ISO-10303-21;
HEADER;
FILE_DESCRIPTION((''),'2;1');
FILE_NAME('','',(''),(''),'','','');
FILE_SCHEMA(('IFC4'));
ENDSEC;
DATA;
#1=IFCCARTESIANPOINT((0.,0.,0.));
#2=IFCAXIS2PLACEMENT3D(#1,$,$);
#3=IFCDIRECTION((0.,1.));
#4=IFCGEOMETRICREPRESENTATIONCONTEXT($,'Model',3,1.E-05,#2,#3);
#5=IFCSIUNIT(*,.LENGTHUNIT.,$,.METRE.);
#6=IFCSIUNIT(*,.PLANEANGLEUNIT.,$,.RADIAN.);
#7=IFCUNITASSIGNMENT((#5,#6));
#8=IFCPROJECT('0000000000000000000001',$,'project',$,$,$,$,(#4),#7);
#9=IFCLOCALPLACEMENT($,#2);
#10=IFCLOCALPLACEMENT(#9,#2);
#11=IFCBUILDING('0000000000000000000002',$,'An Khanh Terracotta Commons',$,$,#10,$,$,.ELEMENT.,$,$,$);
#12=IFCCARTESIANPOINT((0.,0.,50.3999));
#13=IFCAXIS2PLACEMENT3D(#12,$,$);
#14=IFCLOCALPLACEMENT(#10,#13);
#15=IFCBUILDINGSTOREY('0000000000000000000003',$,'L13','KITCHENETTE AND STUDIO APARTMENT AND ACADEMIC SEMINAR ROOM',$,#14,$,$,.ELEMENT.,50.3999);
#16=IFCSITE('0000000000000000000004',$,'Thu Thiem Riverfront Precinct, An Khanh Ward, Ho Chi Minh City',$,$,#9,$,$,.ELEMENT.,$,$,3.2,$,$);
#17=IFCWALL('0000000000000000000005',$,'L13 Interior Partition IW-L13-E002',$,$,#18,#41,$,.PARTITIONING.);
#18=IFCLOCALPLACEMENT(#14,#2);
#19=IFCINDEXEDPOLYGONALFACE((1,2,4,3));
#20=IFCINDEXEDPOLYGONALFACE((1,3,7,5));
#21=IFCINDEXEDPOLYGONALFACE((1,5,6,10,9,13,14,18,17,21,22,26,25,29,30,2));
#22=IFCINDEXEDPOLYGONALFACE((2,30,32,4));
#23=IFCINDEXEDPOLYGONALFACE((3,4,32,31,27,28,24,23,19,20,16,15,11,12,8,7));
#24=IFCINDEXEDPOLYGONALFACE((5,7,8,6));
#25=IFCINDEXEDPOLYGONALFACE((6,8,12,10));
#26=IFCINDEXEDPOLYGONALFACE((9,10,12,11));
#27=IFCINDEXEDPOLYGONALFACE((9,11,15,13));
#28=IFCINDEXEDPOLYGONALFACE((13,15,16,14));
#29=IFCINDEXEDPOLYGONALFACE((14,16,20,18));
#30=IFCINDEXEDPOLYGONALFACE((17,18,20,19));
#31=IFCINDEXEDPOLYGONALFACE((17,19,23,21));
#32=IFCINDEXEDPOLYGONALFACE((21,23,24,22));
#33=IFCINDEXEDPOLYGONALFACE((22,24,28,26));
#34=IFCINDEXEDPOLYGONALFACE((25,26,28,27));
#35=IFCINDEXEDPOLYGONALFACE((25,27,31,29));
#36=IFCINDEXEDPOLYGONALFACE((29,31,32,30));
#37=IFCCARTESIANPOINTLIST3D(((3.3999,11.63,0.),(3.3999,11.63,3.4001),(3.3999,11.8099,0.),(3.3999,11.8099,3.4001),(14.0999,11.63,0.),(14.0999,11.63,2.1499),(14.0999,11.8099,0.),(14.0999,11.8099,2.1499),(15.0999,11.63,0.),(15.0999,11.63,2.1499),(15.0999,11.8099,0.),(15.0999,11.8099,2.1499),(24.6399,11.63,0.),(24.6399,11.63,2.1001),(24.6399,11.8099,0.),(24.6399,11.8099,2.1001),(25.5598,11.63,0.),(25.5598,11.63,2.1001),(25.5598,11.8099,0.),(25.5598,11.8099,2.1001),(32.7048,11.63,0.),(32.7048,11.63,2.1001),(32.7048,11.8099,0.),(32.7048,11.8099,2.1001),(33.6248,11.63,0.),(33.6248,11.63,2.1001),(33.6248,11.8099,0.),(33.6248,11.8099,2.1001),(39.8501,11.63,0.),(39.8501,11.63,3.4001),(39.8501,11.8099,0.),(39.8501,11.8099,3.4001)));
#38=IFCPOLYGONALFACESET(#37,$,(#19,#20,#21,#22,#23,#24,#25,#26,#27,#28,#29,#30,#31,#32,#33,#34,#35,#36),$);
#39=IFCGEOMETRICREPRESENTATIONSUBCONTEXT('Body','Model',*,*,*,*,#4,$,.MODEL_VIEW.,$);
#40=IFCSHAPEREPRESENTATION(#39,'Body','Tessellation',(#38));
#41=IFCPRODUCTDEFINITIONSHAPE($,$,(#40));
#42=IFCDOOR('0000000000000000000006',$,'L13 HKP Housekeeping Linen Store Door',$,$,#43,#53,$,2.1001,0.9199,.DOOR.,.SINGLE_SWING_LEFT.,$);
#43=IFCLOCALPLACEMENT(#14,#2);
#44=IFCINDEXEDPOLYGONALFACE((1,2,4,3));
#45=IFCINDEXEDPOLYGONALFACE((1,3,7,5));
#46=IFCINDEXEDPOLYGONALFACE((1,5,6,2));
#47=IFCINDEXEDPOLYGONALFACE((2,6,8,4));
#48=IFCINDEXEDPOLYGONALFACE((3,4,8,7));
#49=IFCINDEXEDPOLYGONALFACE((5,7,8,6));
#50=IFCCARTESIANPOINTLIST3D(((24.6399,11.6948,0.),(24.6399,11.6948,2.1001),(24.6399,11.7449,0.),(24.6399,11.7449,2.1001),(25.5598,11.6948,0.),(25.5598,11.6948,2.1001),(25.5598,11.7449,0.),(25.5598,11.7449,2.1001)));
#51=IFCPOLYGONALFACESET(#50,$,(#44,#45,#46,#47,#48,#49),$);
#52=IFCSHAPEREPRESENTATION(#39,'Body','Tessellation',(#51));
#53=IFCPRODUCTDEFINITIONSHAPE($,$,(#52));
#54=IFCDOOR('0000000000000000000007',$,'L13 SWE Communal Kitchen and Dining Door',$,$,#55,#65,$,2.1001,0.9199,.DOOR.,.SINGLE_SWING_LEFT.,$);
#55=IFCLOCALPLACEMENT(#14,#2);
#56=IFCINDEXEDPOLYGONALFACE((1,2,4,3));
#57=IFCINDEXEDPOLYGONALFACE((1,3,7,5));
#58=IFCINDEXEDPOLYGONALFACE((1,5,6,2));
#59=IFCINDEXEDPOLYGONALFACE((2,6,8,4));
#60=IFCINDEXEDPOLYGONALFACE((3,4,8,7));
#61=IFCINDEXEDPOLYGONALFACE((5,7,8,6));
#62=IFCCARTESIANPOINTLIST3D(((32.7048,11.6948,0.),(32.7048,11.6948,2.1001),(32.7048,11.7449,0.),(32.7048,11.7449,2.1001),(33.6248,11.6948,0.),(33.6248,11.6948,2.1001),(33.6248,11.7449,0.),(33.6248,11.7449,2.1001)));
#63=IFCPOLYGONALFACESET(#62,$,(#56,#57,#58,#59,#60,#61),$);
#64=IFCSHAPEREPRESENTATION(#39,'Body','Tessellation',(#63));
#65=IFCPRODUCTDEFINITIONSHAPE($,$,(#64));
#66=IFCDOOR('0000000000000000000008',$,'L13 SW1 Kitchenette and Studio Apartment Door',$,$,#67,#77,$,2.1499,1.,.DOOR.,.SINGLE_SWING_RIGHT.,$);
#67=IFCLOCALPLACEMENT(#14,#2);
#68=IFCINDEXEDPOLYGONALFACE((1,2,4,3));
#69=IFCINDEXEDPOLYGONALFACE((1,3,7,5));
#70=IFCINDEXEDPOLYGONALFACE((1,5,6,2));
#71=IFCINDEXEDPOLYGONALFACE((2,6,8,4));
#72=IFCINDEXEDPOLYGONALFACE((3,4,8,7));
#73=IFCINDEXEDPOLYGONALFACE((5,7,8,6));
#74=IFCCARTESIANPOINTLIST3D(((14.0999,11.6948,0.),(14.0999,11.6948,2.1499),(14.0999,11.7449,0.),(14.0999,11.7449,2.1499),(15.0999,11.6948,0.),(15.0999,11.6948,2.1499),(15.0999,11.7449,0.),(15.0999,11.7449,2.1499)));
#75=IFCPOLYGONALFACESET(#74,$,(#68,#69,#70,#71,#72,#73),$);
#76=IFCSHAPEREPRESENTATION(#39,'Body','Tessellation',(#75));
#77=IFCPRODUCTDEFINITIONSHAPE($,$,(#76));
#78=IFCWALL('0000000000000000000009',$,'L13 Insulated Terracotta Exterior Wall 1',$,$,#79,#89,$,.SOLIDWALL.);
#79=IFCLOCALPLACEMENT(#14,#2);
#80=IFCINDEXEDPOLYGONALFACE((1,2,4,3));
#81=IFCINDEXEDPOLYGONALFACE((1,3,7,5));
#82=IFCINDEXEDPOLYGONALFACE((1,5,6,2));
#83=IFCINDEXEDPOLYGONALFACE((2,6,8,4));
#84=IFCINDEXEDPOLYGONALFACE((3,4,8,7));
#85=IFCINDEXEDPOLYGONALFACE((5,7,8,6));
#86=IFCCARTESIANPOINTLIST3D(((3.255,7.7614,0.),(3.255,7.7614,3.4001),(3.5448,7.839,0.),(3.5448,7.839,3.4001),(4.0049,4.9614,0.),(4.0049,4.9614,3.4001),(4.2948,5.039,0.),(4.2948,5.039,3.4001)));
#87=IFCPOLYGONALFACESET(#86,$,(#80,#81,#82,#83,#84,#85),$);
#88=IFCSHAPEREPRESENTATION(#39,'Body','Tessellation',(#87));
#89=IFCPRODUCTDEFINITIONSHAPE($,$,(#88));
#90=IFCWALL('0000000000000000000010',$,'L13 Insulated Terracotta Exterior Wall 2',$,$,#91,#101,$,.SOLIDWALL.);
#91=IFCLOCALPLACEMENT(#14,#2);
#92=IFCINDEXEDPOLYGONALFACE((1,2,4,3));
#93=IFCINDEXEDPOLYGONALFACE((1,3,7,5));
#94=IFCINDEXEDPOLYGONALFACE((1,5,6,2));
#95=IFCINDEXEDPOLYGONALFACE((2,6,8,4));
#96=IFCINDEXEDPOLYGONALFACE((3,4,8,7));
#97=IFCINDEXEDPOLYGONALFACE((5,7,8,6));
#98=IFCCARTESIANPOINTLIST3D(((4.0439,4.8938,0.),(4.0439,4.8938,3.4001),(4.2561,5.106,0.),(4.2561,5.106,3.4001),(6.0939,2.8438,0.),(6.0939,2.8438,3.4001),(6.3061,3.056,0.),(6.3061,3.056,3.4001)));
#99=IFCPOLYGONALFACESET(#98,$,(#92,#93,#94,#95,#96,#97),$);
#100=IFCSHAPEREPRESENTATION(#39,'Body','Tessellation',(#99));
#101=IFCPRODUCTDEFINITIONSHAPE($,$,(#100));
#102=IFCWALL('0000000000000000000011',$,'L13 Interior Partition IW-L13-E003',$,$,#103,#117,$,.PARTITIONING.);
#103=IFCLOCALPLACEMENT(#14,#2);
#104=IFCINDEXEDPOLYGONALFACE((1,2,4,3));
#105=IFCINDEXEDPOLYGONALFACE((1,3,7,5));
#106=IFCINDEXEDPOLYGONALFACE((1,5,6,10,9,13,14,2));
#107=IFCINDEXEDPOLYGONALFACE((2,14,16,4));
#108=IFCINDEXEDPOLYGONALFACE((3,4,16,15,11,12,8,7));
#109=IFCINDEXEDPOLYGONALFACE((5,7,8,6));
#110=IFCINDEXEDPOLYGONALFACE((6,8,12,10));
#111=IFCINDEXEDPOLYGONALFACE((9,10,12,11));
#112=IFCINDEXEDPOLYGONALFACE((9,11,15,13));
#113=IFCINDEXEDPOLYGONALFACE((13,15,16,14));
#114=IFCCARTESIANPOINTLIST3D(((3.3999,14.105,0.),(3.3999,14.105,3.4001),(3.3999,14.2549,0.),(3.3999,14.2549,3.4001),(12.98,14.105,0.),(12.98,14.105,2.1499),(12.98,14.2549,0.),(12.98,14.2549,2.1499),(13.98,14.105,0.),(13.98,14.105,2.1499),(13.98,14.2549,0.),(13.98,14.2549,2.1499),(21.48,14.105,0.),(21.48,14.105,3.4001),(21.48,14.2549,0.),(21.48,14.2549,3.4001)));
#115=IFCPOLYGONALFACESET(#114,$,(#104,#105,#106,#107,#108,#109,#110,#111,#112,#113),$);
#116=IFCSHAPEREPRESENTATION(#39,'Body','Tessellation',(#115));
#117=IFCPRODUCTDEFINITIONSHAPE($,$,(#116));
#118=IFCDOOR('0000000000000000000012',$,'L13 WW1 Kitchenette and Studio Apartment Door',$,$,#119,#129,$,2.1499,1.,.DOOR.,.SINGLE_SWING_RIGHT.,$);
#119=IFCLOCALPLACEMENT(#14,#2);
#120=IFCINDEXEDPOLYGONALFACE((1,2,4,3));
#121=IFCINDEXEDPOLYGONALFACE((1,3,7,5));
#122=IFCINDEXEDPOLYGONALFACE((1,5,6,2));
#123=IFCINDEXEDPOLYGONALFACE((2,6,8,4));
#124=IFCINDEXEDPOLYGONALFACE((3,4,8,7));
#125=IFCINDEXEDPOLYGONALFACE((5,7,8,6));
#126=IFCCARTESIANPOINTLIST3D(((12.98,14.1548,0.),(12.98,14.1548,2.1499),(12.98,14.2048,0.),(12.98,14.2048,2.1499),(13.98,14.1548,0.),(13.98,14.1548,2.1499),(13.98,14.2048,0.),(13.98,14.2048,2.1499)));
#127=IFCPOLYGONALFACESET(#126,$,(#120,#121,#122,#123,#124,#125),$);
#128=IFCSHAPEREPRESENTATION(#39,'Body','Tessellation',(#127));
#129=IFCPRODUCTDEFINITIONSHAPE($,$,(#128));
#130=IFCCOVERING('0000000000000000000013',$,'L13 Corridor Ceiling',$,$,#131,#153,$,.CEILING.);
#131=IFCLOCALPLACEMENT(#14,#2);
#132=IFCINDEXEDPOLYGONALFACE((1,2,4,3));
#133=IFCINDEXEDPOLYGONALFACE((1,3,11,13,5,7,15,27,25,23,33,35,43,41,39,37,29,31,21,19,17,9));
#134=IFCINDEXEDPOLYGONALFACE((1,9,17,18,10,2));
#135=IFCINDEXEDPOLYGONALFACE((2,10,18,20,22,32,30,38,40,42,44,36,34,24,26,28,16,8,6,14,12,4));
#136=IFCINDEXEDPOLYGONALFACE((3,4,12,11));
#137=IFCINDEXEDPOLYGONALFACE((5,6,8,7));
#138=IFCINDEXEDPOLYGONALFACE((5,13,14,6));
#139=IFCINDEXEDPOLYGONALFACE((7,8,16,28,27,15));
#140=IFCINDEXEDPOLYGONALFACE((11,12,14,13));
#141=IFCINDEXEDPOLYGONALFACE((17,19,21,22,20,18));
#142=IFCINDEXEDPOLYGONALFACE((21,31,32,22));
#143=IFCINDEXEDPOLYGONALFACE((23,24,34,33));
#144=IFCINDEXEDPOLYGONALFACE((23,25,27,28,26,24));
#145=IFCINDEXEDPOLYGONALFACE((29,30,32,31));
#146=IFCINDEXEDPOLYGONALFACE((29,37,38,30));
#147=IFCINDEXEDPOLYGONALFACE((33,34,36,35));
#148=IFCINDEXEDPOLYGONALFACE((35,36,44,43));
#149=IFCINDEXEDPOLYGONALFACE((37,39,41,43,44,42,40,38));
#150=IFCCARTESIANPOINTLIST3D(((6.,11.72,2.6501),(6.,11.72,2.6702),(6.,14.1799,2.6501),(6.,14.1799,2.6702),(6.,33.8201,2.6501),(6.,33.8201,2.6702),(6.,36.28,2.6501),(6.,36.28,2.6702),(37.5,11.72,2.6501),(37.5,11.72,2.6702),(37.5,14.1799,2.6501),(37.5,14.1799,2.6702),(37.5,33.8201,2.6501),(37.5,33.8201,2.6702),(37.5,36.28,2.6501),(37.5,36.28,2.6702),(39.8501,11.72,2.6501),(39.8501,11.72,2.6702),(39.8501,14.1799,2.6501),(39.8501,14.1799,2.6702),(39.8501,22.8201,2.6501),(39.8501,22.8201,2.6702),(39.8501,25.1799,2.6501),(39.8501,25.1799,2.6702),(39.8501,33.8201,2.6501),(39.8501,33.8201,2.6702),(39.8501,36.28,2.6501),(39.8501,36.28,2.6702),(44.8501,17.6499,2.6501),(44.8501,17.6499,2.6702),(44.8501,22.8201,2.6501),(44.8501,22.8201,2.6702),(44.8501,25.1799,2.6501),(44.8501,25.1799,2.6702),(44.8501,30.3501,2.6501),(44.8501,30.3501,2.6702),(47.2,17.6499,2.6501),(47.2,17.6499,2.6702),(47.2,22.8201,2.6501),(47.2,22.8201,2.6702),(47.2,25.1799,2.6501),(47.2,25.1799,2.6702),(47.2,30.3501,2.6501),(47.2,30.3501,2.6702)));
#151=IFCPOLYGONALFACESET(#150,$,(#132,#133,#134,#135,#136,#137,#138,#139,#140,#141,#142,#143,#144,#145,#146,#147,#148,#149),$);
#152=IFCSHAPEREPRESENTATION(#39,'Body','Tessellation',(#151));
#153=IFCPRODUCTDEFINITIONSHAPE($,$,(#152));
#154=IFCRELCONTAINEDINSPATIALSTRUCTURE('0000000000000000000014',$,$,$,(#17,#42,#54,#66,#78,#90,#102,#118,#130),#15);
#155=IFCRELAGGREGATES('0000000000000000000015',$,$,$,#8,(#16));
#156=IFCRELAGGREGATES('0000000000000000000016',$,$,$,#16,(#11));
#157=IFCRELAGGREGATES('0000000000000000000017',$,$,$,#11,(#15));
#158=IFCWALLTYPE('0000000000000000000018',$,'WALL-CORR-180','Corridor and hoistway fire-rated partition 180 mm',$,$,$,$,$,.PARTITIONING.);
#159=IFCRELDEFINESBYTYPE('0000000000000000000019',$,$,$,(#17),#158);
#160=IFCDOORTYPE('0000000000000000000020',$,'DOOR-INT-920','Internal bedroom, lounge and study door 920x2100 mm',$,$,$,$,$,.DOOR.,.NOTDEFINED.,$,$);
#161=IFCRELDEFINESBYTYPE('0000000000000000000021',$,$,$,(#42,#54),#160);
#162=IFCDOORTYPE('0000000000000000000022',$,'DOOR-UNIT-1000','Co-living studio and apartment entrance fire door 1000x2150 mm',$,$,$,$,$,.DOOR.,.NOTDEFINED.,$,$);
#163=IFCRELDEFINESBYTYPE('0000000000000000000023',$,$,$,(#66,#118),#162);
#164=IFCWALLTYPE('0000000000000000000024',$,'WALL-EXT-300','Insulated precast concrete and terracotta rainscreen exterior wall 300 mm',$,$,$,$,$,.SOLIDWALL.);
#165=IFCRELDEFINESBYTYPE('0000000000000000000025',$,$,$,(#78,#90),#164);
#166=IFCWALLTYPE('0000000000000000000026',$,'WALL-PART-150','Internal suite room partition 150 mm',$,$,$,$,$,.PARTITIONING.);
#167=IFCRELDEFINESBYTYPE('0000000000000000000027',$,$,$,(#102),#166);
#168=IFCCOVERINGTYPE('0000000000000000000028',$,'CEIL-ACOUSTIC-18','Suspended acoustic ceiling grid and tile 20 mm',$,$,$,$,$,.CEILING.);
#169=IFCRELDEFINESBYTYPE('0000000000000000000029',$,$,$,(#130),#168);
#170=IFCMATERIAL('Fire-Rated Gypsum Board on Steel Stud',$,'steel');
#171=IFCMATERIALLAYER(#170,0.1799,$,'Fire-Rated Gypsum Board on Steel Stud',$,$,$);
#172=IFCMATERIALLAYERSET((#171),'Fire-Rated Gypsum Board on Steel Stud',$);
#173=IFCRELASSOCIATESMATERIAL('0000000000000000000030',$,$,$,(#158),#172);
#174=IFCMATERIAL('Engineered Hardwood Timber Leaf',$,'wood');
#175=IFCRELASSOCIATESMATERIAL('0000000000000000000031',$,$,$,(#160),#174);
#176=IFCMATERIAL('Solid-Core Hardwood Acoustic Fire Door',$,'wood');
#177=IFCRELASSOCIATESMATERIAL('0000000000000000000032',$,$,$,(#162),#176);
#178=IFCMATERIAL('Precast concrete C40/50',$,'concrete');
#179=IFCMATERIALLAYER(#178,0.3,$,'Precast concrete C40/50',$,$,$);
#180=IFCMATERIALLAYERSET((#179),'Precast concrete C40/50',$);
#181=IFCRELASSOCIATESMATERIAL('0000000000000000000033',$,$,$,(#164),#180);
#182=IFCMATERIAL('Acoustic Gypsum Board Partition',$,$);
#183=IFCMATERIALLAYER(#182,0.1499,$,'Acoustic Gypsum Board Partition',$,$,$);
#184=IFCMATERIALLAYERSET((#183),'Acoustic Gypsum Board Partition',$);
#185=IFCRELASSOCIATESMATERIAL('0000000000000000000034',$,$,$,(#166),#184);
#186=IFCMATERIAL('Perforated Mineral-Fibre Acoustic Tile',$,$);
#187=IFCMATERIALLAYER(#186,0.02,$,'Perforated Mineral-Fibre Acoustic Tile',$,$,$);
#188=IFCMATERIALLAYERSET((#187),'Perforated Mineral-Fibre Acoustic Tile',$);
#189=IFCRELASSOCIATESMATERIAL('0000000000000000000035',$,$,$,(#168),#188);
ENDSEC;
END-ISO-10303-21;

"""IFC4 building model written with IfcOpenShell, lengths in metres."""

from ifc_helpers import new_model, si_unit, direction, frame, frame_2d, origin, place, context, subcontext, project, spatial, polyline, rectangle, outline, extrude, material, layer, layer_set, type_object, element, fill, save


model = new_model("IFC4")

# Units and contexts
model_context = context("Model", 3, precision=1e-05, world=origin(), true_north=direction((0.0, 1.0)))
body_context = subcontext(model_context, "Body", "Model", "MODEL_VIEW")
ifc_project = project(units=[si_unit("LENGTHUNIT", "METRE"), si_unit("PLANEANGLEUNIT", "RADIAN")], contexts=[model_context])

# Site, building, storey
site_placement = place(None, origin())
site = spatial("IfcSite", under=ifc_project, at=site_placement, Name="Thu Thiem Riverfront Precinct, An Khanh Ward, Ho Chi Minh City", CompositionType="ELEMENT", RefElevation=3.2)
building_placement = place(site_placement, origin())
building = spatial("IfcBuilding", under=site, at=building_placement, Name="An Khanh Terracotta Commons", CompositionType="ELEMENT")
storey_placement = place(building_placement, frame((0.0, 0.0, 50.3999)))
storey = spatial("IfcBuildingStorey", under=building, at=storey_placement, Name="L13", Description="KITCHENETTE AND STUDIO APARTMENT AND ACADEMIC SEMINAR ROOM", CompositionType="ELEMENT", Elevation=50.3999)

# Shared definitions
ifc_material_1 = material(Name="Precast concrete C40/50", Category="concrete")

# Wall, openings, doors
ifc_material_2 = material(Name="Fire-Rated Gypsum Board on Steel Stud", Category="steel")
ifc_layer_1 = layer(ifc_material_2, 0.1799, Name="Fire-Rated Gypsum Board on Steel Stud")
ifc_layer_set_1 = layer_set([ifc_layer_1], Name="Fire-Rated Gypsum Board on Steel Stud")
wall_type_1 = type_object("IfcWallType", Name="WALL-CORR-180", Description="Corridor and hoistway fire-rated partition 180 mm", PredefinedType="PARTITIONING", material=ifc_layer_set_1)
wall_1_placement = place(storey_placement, frame((3.3999, 11.72, 0.0), z_axis=(0.0, 0.0, 1.0), x_axis=(1.0, 0.0, 0.0)))
wall_1 = element("IfcWall", 1, at=wall_1_placement, inside=storey, type_object=wall_type_1, Name="L13 Interior Partition IW-L13-E002", PredefinedType="PARTITIONING", context=body_context, shape_type="SweptSolid", body=[
    extrude(rectangle(XDim=36.4502, YDim=0.1799, at=frame_2d((18.2251, 0.0))), origin(), (0.0, 0.0, 1.0), 3.4001),
])
opening_1_placement = place(wall_1_placement, frame((21.24, 0.0, 0.0)))
opening_1 = element("IfcOpeningElement", 2, at=opening_1_placement, cuts=wall_1, PredefinedType="OPENING", context=body_context, shape_type="SweptSolid", body=[
    extrude(rectangle(XDim=0.9199, YDim=2.1001, at=frame_2d((0.46, 1.05))), frame((0.0, 0.0999, 0.0), z_axis=(0.0, -1.0, 0.0), x_axis=(1.0, 0.0, 0.0)), (0.0, 0.0, 1.0), 0.2),
])
opening_2_placement = place(wall_1_placement, frame((10.7, 0.0, 0.0)))
opening_2 = element("IfcOpeningElement", 3, at=opening_2_placement, cuts=wall_1, PredefinedType="OPENING", context=body_context, shape_type="SweptSolid", body=[
    extrude(rectangle(XDim=1.0, YDim=2.1499, at=frame_2d((0.5, 1.075))), frame((0.0, 0.0999, 0.0), z_axis=(0.0, -1.0, 0.0), x_axis=(1.0, 0.0, 0.0)), (0.0, 0.0, 1.0), 0.2),
])
opening_3_placement = place(wall_1_placement, frame((29.3049, 0.0, 0.0)))
opening_3 = element("IfcOpeningElement", 4, at=opening_3_placement, cuts=wall_1, PredefinedType="OPENING", context=body_context, shape_type="SweptSolid", body=[
    extrude(rectangle(XDim=0.9199, YDim=2.1001, at=frame_2d((0.46, 1.05))), frame((0.0, 0.0999, 0.0), z_axis=(0.0, -1.0, 0.0), x_axis=(1.0, 0.0, 0.0)), (0.0, 0.0, 1.0), 0.2),
])
ifc_material_3 = material(Name="Engineered Hardwood Timber Leaf", Category="wood")
door_type_1 = type_object("IfcDoorType", Name="DOOR-INT-920", Description="Internal bedroom, lounge and study door 920x2100 mm", OperationType="NOTDEFINED", PredefinedType="DOOR", material=ifc_material_3)
door_1_placement = place(opening_1_placement, origin())
door_1 = element("IfcDoor", 5, at=door_1_placement, inside=storey, type_object=door_type_1, Name="L13 HKP Housekeeping Linen Store Door", OperationType="SINGLE_SWING_LEFT", OverallHeight=2.1001, OverallWidth=0.9199, PredefinedType="DOOR", context=body_context, shape_type="SweptSolid", body=[
    extrude(rectangle(XDim=0.9199, YDim=2.1001, at=frame_2d((0.46, 1.05))), frame((0.0, 0.0249, 0.0), z_axis=(0.0, -1.0, 0.0), x_axis=(1.0, 0.0, 0.0)), (0.0, 0.0, 1.0), 0.05),
])
fill(opening_1, door_1)
door_2_placement = place(opening_3_placement, origin())
door_2 = element("IfcDoor", 6, at=door_2_placement, inside=storey, type_object=door_type_1, Name="L13 SWE Communal Kitchen and Dining Door", OperationType="SINGLE_SWING_LEFT", OverallHeight=2.1001, OverallWidth=0.9199, PredefinedType="DOOR", context=body_context, shape_type="SweptSolid", body=[
    extrude(rectangle(XDim=0.9199, YDim=2.1001, at=frame_2d((0.46, 1.05))), frame((0.0, 0.0249, 0.0), z_axis=(0.0, -1.0, 0.0), x_axis=(1.0, 0.0, 0.0)), (0.0, 0.0, 1.0), 0.05),
])
fill(opening_3, door_2)
ifc_material_4 = material(Name="Solid-Core Hardwood Acoustic Fire Door", Category="wood")
door_type_2 = type_object("IfcDoorType", Name="DOOR-UNIT-1000", Description="Co-living studio and apartment entrance fire door 1000x2150 mm", OperationType="NOTDEFINED", PredefinedType="DOOR", material=ifc_material_4)
door_3_placement = place(opening_2_placement, origin())
door_3 = element("IfcDoor", 7, at=door_3_placement, inside=storey, type_object=door_type_2, Name="L13 SW1 Kitchenette and Studio Apartment Door", OperationType="SINGLE_SWING_RIGHT", OverallHeight=2.1499, OverallWidth=1.0, PredefinedType="DOOR", context=body_context, shape_type="SweptSolid", body=[
    extrude(rectangle(XDim=1.0, YDim=2.1499, at=frame_2d((0.5, 1.075))), frame((0.0, 0.0249, 0.0), z_axis=(0.0, -1.0, 0.0), x_axis=(1.0, 0.0, 0.0)), (0.0, 0.0, 1.0), 0.05),
])
fill(opening_2, door_3)

# Walls
ifc_layer_2 = layer(ifc_material_1, 0.3, Name="Precast concrete C40/50")
ifc_layer_set_2 = layer_set([ifc_layer_2], Name="Precast concrete C40/50")
wall_type_2 = type_object("IfcWallType", Name="WALL-EXT-300", Description="Insulated precast concrete and terracotta rainscreen exterior wall 300 mm", PredefinedType="SOLIDWALL", material=ifc_layer_set_2)
wall_2_placement = place(storey_placement, frame((3.3999, 7.8, 0.0), z_axis=(0.0, 0.0, 1.0), x_axis=(0.258732, -0.965949, 0.0)))
element("IfcWall", 8, at=wall_2_placement, inside=storey, type_object=wall_type_2, Name="L13 Insulated Terracotta Exterior Wall 1", PredefinedType="SOLIDWALL", context=body_context, shape_type="SweptSolid", body=[
    extrude(rectangle(XDim=2.8987, YDim=0.3, at=frame_2d((1.4492, 0.0))), origin(), (0.0, 0.0, 1.0), 3.4001),
])
wall_3_placement = place(storey_placement, frame((4.1499, 5.0, 0.0), z_axis=(0.0, 0.0, 1.0), x_axis=(0.707107, -0.707107, 0.0)))
element("IfcWall", 9, at=wall_3_placement, inside=storey, type_object=wall_type_2, Name="L13 Insulated Terracotta Exterior Wall 2", PredefinedType="SOLIDWALL", context=body_context, shape_type="SweptSolid", body=[
    extrude(rectangle(XDim=2.8992, YDim=0.3, at=frame_2d((1.4497, 0.0))), origin(), (0.0, 0.0, 1.0), 3.4001),
])

# Wall, opening, door
ifc_material_5 = material(Name="Acoustic Gypsum Board Partition")
ifc_layer_3 = layer(ifc_material_5, 0.1499, Name="Acoustic Gypsum Board Partition")
ifc_layer_set_3 = layer_set([ifc_layer_3], Name="Acoustic Gypsum Board Partition")
wall_type_3 = type_object("IfcWallType", Name="WALL-PART-150", Description="Internal suite room partition 150 mm", PredefinedType="PARTITIONING", material=ifc_layer_set_3)
wall_4_placement = place(storey_placement, frame((3.3999, 14.1799, 0.0), z_axis=(0.0, 0.0, 1.0), x_axis=(1.0, 0.0, 0.0)))
wall_4 = element("IfcWall", 10, at=wall_4_placement, inside=storey, type_object=wall_type_3, Name="L13 Interior Partition IW-L13-E003", PredefinedType="PARTITIONING", context=body_context, shape_type="SweptSolid", body=[
    extrude(rectangle(XDim=18.0801, YDim=0.1499, at=frame_2d((9.04, 0.0))), origin(), (0.0, 0.0, 1.0), 3.4001),
])
opening_4_placement = place(wall_4_placement, frame((9.5801, 0.0, 0.0)))
opening_4 = element("IfcOpeningElement", 11, at=opening_4_placement, cuts=wall_4, PredefinedType="OPENING", context=body_context, shape_type="SweptSolid", body=[
    extrude(rectangle(XDim=1.0, YDim=2.1499, at=frame_2d((0.5, 1.075))), frame((0.0, 0.085, 0.0), z_axis=(0.0, -1.0, 0.0), x_axis=(1.0, 0.0, 0.0)), (0.0, 0.0, 1.0), 0.1699),
])
door_4_placement = place(opening_4_placement, origin())
door_4 = element("IfcDoor", 12, at=door_4_placement, inside=storey, type_object=door_type_2, Name="L13 WW1 Kitchenette and Studio Apartment Door", OperationType="SINGLE_SWING_RIGHT", OverallHeight=2.1499, OverallWidth=1.0, PredefinedType="DOOR", context=body_context, shape_type="SweptSolid", body=[
    extrude(rectangle(XDim=1.0, YDim=2.1499, at=frame_2d((0.5, 1.075))), frame((0.0, 0.0249, 0.0), z_axis=(0.0, -1.0, 0.0), x_axis=(1.0, 0.0, 0.0)), (0.0, 0.0, 1.0), 0.05),
])
fill(opening_4, door_4)

# Covering
ifc_material_6 = material(Name="Perforated Mineral-Fibre Acoustic Tile")
ifc_layer_4 = layer(ifc_material_6, 0.02, Name="Perforated Mineral-Fibre Acoustic Tile")
ifc_layer_set_4 = layer_set([ifc_layer_4], Name="Perforated Mineral-Fibre Acoustic Tile")
covering_type_1 = type_object("IfcCoveringType", Name="CEIL-ACOUSTIC-18", Description="Suspended acoustic ceiling grid and tile 20 mm", PredefinedType="CEILING", material=ifc_layer_set_4)
covering_1_placement = place(storey_placement, frame((0.0, 0.0, 2.6501)))
element("IfcCovering", 13, at=covering_1_placement, inside=storey, type_object=covering_type_1, Name="L13 Corridor Ceiling", PredefinedType="CEILING", context=body_context, shape_type="SweptSolid", body=[
    extrude(outline(polyline([(6.0, 11.72), (6.0, 14.1799), (37.5, 14.1799), (37.5, 33.8201), (6.0, 33.8201), (6.0, 36.28), (37.5, 36.28), (39.8501, 36.28), (39.8501, 33.8201), (39.8501, 25.1799), (44.8501, 25.1799), (44.8501, 30.3501), (47.2, 30.3501), (47.2, 25.1799), (47.2, 22.8201), (47.2, 17.6499), (44.8501, 17.6499), (44.8501, 22.8201), (39.8501, 22.8201), (39.8501, 14.1799), (39.8501, 11.72), (37.5, 11.72), (6.0, 11.72)])), origin(), (0.0, 0.0, 1.0), 0.02),
])

save(model, "model.ifc")
